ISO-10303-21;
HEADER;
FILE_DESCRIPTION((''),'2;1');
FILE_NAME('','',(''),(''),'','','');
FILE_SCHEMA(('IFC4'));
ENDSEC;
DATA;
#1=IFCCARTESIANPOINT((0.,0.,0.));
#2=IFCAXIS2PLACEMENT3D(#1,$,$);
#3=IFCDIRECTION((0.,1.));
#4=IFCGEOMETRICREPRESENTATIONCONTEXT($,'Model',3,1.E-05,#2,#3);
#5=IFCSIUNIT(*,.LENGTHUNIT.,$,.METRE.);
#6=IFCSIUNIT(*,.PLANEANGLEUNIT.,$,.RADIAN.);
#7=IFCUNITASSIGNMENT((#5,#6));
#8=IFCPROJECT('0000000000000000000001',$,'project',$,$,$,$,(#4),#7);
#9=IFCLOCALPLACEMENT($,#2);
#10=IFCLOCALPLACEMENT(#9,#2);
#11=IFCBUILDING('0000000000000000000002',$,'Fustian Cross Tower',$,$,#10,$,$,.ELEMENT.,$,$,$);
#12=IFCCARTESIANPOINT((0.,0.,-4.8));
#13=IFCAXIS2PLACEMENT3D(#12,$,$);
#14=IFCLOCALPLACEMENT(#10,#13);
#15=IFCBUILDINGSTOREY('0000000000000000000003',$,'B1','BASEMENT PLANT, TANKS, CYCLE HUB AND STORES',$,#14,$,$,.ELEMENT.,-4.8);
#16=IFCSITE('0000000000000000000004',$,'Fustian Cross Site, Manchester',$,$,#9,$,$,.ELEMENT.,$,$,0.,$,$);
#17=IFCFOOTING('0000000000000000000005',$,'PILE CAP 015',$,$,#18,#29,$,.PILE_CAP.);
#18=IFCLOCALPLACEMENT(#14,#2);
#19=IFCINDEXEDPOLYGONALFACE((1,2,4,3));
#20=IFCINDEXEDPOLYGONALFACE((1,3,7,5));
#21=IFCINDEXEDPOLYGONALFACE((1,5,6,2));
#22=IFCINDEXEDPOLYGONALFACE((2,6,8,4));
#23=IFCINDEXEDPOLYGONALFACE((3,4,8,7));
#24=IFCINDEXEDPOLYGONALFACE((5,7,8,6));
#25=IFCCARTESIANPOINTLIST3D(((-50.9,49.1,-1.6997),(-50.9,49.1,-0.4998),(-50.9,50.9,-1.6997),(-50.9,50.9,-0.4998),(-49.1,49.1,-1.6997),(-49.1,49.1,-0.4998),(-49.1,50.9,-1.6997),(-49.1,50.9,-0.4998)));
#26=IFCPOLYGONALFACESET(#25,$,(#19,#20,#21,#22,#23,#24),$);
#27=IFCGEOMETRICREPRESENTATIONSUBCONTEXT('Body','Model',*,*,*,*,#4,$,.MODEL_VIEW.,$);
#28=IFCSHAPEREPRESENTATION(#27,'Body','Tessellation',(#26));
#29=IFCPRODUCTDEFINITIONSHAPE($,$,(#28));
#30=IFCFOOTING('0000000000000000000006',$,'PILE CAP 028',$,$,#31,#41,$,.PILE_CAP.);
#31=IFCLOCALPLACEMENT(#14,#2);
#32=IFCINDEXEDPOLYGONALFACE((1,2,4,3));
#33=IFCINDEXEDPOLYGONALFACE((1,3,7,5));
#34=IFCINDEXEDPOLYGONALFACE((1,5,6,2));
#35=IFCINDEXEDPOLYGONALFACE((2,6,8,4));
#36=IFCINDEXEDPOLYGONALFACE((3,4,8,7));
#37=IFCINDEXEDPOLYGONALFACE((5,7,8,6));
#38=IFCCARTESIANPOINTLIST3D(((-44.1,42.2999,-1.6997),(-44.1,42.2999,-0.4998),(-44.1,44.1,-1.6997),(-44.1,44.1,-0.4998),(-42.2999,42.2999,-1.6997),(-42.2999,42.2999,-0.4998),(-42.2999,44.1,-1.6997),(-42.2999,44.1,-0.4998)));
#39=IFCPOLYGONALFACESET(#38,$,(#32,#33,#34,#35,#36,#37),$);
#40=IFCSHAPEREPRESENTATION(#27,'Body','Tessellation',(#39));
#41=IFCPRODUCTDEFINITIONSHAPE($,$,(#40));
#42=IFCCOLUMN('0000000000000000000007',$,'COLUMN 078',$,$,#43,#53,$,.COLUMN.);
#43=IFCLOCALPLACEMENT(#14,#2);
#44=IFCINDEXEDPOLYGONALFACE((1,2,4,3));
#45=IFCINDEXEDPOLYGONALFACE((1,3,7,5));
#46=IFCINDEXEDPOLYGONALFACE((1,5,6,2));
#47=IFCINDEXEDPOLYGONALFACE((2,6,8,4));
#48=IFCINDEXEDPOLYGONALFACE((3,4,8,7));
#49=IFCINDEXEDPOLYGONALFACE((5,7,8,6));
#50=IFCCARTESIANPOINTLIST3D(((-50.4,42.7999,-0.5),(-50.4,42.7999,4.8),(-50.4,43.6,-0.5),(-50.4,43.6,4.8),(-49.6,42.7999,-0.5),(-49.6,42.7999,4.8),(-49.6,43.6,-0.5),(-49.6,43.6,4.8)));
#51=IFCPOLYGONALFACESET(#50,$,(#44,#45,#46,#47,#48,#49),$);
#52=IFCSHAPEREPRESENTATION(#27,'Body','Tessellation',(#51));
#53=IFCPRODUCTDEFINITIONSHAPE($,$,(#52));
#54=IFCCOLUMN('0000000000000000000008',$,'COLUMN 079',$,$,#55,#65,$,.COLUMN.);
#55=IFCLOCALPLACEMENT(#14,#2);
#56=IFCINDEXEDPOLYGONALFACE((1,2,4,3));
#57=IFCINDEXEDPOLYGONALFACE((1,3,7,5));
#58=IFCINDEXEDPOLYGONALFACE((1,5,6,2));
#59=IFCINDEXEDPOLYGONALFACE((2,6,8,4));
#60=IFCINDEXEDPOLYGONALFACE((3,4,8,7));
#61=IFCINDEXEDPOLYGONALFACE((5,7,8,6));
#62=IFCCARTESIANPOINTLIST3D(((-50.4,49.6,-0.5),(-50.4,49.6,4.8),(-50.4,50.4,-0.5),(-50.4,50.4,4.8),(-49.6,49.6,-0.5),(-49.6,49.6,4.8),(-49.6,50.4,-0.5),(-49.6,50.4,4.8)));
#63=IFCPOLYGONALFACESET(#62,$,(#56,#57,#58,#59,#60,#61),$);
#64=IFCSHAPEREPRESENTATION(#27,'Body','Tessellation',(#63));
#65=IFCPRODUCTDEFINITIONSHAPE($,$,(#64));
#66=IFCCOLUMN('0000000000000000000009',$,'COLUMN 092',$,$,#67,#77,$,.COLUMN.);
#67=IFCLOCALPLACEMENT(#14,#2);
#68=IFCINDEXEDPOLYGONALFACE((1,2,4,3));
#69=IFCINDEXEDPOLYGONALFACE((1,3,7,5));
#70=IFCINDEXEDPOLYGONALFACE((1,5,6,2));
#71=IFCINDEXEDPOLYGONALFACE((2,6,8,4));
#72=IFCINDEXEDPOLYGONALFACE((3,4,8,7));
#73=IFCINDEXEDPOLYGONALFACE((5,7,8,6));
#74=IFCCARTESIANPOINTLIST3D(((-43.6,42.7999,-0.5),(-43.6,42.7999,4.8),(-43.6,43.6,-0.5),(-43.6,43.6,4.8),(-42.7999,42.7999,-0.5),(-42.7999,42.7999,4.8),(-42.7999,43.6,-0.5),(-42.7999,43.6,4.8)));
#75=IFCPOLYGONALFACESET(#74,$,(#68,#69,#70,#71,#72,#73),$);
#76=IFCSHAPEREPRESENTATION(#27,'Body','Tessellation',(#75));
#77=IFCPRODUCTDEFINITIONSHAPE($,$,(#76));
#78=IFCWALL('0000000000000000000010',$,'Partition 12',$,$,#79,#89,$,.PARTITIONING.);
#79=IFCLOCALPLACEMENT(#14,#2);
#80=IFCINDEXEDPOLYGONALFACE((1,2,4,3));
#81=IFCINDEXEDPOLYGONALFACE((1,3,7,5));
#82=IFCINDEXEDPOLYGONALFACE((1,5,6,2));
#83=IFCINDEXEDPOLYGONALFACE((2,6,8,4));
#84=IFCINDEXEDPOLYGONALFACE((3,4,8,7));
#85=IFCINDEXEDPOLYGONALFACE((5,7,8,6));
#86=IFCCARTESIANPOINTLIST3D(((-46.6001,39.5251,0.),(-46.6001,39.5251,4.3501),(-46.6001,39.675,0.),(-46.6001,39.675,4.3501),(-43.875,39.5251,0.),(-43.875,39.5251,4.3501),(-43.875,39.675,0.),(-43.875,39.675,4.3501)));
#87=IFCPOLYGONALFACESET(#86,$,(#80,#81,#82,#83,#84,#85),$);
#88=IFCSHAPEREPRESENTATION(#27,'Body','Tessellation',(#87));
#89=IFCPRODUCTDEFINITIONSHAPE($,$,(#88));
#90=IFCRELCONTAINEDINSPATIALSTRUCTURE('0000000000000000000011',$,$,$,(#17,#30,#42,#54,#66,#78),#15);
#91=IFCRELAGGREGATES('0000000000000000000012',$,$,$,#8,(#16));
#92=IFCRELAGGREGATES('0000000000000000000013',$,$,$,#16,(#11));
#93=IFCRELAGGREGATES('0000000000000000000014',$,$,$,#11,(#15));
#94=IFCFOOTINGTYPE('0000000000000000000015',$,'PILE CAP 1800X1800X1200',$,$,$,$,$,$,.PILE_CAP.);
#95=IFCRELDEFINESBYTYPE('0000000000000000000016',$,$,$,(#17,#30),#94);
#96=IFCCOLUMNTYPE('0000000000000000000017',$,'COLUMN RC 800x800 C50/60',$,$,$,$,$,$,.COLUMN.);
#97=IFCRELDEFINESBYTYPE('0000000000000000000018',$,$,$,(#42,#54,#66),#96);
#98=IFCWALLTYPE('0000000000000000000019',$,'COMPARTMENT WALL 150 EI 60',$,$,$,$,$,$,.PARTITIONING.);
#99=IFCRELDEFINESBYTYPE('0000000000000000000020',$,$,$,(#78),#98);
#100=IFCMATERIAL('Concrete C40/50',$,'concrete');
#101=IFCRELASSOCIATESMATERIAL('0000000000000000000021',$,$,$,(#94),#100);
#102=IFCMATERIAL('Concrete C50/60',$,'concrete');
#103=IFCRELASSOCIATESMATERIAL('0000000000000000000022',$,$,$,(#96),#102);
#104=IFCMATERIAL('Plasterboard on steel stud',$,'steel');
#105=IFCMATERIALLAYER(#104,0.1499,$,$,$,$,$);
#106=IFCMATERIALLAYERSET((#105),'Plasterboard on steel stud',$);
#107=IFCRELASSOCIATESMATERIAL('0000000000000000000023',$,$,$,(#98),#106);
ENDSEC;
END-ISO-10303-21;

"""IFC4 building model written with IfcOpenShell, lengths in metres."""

from ifc_helpers import new_model, si_unit, direction, frame, frame_2d, origin, origin_2d, place, context, subcontext, project, spatial, rectangle, extrude, material, layer, layer_set, material_profile, profile_set, type_object, element, save


model = new_model("IFC4")

# Units and contexts
model_context = context("Model", 3, precision=1e-05, world=origin(), true_north=direction((0.0, 1.0)))
body_context = subcontext(model_context, "Body", "Model", "MODEL_VIEW")
ifc_project = project(units=[si_unit("LENGTHUNIT", "METRE"), si_unit("PLANEANGLEUNIT", "RADIAN")], contexts=[model_context])

# Site, building, storey
site_placement = place(None, origin())
site = spatial("IfcSite", under=ifc_project, at=site_placement, Name="Fustian Cross Site, Manchester", CompositionType="ELEMENT", RefElevation=0.0)
building_placement = place(site_placement, origin())
building = spatial("IfcBuilding", under=site, at=building_placement, Name="Fustian Cross Tower", CompositionType="ELEMENT")
storey_placement = place(building_placement, frame((0.0, 0.0, -4.8)))
storey = spatial("IfcBuildingStorey", under=building, at=storey_placement, Name="B1", Description="BASEMENT PLANT, TANKS, CYCLE HUB AND STORES", CompositionType="ELEMENT", Elevation=-4.8)

# Footings
ifc_material_1 = material(Name="Concrete C40/50", Category="concrete")
footing_type_1 = type_object("IfcFootingType", Name="PILE CAP 1800X1800X1200", PredefinedType="PILE_CAP", material=ifc_material_1)
for number, where, z_axis, x_axis, name in (
    (1, (-50.0, 50.0, -1.6997), (0.0, 0.0, 1.0), (1.0, 0.0, 0.0), "PILE CAP 015"),
    (2, (-43.2, 43.2, -1.6997), (0.0, 0.0, 1.0), (1.0, 0.0, 0.0), "PILE CAP 028"),
):
    element("IfcFooting", number, at=place(storey_placement, frame(where, z_axis=z_axis, x_axis=x_axis)), inside=storey, type_object=footing_type_1, Name=name, PredefinedType="PILE_CAP", context=body_context, shape_type="SweptSolid", body=[
        extrude(rectangle(XDim=1.8, YDim=1.8, at=origin_2d()), origin(), (0.0, 0.0, 1.0), 1.2),
    ])

# Columns
ifc_material_2 = material(Name="Concrete C50/60", Category="concrete")
ifc_material_profile_1 = material_profile(ifc_material_2, rectangle(XDim=0.8, YDim=0.8, at=origin_2d()), Name="RC 800x800")
ifc_profile_set_1 = profile_set([ifc_material_profile_1], Name="Concrete C50/60")
column_type = type_object("IfcColumnType", Name="COLUMN RC 800x800 C50/60", PredefinedType="COLUMN", material=ifc_profile_set_1)
for number, where, z_axis, x_axis, name in (
    (3, (-50.0, 43.2, -0.5), (0.0, 0.0, 1.0), (1.0, 0.0, 0.0), "COLUMN 078"),
    (4, (-50.0, 50.0, -0.5), (0.0, 0.0, 1.0), (1.0, 0.0, 0.0), "COLUMN 079"),
    (5, (-43.2, 43.2, -0.5), (0.0, 0.0, 1.0), (1.0, 0.0, 0.0), "COLUMN 092"),
):
    element("IfcColumn", number, at=place(storey_placement, frame(where, z_axis=z_axis, x_axis=x_axis)), inside=storey, type_object=column_type, Name=name, PredefinedType="COLUMN", context=body_context, shape_type="SweptSolid", body=[
        extrude(rectangle(XDim=0.8, YDim=0.8, at=origin_2d()), origin(), (0.0, 0.0, 1.0), 5.3),
    ])

# Wall
ifc_material_3 = material(Name="Plasterboard on steel stud", Category="steel")
ifc_layer_1 = layer(ifc_material_3, 0.1499)
ifc_layer_set_1 = layer_set([ifc_layer_1], Name="Plasterboard on steel stud")
wall_type_1 = type_object("IfcWallType", Name="COMPARTMENT WALL 150 EI 60", PredefinedType="PARTITIONING", material=ifc_layer_set_1)
wall_1_placement = place(storey_placement, frame((-46.6001, 39.6001, 0.0), z_axis=(0.0, 0.0, 1.0), x_axis=(1.0, 0.0, 0.0)))
element("IfcWall", 6, at=wall_1_placement, inside=storey, type_object=wall_type_1, Name="Partition 12", PredefinedType="PARTITIONING", context=body_context, shape_type="SweptSolid", body=[
    extrude(rectangle(XDim=2.7251, YDim=0.1499, at=frame_2d((1.3625, 0.0))), origin(), (0.0, 0.0, 1.0), 4.3501),
])

save(model, "model.ifc")
